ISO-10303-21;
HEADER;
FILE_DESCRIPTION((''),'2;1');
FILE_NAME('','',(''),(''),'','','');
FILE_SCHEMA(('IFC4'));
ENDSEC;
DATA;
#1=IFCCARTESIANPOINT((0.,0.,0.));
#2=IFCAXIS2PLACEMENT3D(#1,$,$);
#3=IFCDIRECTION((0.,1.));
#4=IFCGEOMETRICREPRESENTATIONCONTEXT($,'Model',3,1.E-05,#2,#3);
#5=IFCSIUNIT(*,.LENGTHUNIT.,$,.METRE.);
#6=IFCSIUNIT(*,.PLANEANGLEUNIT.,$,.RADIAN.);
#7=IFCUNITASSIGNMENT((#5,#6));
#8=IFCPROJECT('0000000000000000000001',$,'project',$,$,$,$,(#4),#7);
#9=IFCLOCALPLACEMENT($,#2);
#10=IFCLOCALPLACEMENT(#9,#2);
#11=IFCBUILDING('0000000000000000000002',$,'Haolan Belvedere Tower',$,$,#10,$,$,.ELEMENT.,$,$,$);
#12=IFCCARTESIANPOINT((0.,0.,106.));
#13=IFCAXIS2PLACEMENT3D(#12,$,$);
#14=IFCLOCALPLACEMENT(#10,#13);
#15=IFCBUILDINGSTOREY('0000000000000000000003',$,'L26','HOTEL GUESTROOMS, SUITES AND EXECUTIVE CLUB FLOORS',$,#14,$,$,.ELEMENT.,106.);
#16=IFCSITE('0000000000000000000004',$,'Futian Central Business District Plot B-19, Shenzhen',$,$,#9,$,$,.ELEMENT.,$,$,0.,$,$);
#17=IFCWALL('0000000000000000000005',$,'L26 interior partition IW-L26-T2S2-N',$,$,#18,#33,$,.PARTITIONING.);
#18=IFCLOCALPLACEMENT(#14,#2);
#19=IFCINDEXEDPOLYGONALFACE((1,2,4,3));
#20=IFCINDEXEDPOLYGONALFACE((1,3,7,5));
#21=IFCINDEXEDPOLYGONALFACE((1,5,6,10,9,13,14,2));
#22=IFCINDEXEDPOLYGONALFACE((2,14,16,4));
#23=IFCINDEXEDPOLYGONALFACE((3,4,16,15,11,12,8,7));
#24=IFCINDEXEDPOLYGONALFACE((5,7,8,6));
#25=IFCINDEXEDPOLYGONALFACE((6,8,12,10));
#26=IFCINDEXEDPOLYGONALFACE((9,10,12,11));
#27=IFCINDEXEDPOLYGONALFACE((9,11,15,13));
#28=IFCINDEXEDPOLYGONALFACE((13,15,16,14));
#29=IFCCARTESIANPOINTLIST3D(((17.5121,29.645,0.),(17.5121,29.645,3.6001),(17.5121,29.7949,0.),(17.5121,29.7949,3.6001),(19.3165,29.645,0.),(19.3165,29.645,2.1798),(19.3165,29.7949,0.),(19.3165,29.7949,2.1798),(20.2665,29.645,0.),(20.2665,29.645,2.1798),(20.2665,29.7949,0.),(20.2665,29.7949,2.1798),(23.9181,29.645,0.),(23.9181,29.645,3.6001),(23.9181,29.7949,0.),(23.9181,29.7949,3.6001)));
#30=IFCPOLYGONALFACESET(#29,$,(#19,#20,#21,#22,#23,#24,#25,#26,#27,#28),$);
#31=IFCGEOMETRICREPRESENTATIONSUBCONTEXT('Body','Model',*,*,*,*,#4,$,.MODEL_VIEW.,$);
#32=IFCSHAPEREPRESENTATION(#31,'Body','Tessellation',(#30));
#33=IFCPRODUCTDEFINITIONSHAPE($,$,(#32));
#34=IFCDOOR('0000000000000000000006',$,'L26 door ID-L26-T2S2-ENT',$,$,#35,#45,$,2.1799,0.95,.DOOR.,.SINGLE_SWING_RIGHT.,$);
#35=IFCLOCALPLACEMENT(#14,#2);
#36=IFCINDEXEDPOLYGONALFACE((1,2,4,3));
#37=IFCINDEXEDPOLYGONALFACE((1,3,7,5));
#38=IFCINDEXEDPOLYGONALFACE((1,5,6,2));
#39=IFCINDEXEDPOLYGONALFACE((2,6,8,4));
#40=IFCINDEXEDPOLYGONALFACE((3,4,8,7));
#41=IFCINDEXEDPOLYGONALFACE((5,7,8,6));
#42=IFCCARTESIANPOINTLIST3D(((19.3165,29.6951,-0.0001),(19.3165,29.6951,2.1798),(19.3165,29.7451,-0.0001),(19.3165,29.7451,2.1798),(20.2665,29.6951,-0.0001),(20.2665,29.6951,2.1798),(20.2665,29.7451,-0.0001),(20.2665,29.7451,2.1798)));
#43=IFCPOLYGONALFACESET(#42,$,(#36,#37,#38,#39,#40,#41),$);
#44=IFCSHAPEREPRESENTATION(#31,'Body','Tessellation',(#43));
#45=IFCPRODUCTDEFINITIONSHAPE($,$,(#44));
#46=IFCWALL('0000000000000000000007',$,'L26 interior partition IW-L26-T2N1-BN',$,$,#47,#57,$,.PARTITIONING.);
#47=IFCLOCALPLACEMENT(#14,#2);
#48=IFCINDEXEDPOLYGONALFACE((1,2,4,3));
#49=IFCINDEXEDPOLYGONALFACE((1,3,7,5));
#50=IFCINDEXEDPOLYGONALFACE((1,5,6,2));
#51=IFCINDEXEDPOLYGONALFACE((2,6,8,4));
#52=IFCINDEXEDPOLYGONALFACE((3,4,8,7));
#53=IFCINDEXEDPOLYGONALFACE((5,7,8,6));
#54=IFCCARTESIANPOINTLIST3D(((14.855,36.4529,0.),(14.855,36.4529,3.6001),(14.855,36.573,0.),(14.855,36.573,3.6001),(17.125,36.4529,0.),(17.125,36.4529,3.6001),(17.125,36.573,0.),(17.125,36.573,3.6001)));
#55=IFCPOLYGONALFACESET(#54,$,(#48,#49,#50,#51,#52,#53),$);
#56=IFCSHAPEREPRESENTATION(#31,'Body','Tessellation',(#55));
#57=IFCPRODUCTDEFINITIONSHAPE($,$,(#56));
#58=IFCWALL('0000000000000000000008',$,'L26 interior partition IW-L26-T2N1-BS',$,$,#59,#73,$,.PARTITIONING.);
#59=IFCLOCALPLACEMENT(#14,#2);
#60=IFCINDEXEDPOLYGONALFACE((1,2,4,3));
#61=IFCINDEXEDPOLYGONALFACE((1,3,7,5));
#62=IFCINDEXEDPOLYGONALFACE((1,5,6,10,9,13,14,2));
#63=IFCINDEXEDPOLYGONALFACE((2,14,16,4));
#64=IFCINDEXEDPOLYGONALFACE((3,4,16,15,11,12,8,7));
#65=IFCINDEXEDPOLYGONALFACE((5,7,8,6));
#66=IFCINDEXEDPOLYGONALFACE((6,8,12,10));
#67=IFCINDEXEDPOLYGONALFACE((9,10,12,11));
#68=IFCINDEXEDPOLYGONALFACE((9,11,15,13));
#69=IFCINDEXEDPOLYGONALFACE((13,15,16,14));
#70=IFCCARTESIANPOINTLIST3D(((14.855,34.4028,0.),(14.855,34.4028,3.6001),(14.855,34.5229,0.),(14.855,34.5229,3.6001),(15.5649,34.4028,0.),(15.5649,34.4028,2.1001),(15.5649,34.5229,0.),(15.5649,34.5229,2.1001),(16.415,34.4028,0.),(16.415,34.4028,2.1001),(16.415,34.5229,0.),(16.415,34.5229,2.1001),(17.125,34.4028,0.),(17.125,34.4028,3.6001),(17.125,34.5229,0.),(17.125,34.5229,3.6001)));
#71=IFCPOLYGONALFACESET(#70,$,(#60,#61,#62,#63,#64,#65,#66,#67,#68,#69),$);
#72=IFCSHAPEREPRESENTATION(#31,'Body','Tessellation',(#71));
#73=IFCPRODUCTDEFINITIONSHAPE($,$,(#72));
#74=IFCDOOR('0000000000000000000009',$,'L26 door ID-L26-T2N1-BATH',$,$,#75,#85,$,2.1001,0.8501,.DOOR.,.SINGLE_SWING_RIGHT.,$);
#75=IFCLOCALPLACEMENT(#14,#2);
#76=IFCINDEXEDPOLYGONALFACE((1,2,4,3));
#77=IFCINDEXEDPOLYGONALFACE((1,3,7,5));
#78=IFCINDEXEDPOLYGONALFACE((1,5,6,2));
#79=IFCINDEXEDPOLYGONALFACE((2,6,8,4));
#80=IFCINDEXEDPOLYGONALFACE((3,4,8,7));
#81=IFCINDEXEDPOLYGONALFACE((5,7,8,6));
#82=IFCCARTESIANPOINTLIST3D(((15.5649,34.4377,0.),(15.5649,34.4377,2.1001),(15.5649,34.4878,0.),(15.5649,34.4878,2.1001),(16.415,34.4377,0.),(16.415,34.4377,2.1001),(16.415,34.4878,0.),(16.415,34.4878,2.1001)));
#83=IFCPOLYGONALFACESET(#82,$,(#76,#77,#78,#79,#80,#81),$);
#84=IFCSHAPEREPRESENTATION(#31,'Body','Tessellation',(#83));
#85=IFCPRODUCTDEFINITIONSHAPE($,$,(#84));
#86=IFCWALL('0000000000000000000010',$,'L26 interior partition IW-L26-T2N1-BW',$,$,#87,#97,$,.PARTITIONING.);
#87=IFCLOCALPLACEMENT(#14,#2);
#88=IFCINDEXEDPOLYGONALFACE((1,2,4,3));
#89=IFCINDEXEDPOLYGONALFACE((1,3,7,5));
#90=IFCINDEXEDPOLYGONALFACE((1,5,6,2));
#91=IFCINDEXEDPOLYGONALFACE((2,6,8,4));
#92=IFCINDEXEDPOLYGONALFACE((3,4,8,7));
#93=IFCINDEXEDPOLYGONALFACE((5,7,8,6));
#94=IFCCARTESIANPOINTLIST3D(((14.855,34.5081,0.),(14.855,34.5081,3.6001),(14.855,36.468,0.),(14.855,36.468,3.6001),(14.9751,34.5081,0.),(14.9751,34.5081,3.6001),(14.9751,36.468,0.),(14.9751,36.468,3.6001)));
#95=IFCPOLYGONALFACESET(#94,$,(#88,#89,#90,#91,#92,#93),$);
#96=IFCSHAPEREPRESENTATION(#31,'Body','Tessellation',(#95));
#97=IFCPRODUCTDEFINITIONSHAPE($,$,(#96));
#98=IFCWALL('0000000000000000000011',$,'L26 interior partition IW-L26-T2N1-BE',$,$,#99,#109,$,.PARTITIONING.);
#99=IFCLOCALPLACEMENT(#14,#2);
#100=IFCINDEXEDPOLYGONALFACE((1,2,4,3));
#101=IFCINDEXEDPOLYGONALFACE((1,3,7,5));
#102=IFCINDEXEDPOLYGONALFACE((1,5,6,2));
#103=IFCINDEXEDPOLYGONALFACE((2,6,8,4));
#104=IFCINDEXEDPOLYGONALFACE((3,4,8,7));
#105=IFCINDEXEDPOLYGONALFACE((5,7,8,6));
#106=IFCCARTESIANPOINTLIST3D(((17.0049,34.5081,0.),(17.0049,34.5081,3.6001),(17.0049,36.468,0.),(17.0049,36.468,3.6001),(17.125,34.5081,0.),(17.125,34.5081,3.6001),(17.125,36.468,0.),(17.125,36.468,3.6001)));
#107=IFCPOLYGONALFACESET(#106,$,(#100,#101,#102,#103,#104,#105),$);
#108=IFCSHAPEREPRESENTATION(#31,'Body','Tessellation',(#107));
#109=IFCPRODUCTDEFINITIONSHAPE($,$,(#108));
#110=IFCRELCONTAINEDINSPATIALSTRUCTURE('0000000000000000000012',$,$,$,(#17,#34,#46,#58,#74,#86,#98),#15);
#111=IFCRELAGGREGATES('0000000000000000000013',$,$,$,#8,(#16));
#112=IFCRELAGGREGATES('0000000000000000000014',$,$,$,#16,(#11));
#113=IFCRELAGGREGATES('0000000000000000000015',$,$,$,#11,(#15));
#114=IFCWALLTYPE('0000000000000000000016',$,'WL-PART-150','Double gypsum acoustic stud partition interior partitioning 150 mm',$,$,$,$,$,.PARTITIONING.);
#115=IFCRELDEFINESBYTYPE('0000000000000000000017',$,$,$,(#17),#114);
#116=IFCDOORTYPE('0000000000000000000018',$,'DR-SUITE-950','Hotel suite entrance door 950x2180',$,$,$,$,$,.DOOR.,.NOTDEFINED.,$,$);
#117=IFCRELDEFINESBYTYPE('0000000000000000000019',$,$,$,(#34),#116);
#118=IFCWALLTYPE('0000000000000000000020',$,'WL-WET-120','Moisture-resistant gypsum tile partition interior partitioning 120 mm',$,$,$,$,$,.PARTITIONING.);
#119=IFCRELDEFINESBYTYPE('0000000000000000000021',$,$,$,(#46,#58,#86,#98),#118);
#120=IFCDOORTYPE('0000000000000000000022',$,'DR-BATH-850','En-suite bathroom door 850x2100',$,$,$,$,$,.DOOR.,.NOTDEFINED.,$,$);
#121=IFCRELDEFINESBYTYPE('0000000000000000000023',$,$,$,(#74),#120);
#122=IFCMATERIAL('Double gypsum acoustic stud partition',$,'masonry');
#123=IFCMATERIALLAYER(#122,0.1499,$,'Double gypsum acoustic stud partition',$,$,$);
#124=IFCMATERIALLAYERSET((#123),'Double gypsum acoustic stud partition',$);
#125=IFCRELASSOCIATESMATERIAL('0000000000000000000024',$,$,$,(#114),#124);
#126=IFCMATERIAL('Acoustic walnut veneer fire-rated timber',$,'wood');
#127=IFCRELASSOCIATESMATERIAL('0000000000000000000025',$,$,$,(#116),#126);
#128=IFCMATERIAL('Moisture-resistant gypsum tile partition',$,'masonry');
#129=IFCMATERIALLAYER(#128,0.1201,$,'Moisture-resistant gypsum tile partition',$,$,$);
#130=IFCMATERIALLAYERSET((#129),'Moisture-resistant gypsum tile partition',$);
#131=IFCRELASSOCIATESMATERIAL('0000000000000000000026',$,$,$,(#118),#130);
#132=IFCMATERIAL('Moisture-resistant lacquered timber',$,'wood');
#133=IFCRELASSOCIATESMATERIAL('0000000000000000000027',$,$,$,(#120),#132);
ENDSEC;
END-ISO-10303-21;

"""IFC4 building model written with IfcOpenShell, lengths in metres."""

from ifc_helpers import new_model, si_unit, direction, frame, frame_2d, origin, place, context, subcontext, project, spatial, rectangle, extrude, material, layer, layer_set, type_object, element, fill, save


model = new_model("IFC4")

# Units and contexts
model_context = context("Model", 3, precision=1e-05, world=origin(), true_north=direction((0.0, 1.0)))
body_context = subcontext(model_context, "Body", "Model", "MODEL_VIEW")
ifc_project = project(units=[si_unit("LENGTHUNIT", "METRE"), si_unit("PLANEANGLEUNIT", "RADIAN")], contexts=[model_context])

# Site, building, storey
site_placement = place(None, origin())
site = spatial("IfcSite", under=ifc_project, at=site_placement, Name="Futian Central Business District Plot B-19, Shenzhen", CompositionType="ELEMENT", RefElevation=0.0)
building_placement = place(site_placement, origin())
building = spatial("IfcBuilding", under=site, at=building_placement, Name="Haolan Belvedere Tower", CompositionType="ELEMENT")
storey_placement = place(building_placement, frame((0.0, 0.0, 106.0)))
storey = spatial("IfcBuildingStorey", under=building, at=storey_placement, Name="L26", Description="HOTEL GUESTROOMS, SUITES AND EXECUTIVE CLUB FLOORS", CompositionType="ELEMENT", Elevation=106.0)

# Shared definitions
ifc_material_1 = material(Name="Double gypsum acoustic stud partition", Category="masonry")
ifc_layer_1 = layer(ifc_material_1, 0.1499, Name="Double gypsum acoustic stud partition")
ifc_layer_set_1 = layer_set([ifc_layer_1], Name="Double gypsum acoustic stud partition")
wall_type_1 = type_object("IfcWallType", Name="WL-PART-150", Description="Double gypsum acoustic stud partition interior partitioning 150 mm", PredefinedType="PARTITIONING", material=ifc_layer_set_1)
ifc_material_2 = material(Name="Acoustic walnut veneer fire-rated timber", Category="wood")
door_type_1 = type_object("IfcDoorType", Name="DR-SUITE-950", Description="Hotel suite entrance door 950x2180", OperationType="NOTDEFINED", PredefinedType="DOOR", material=ifc_material_2)

# Wall, opening, door
wall_1_placement = place(storey_placement, frame((17.512, 29.72, 0.0), z_axis=(0.0, 0.0, 1.0), x_axis=(1.0, 0.0, 0.0)))
wall_1 = element("IfcWall", 1, at=wall_1_placement, inside=storey, type_object=wall_type_1, Name="L26 interior partition IW-L26-T2S2-N", PredefinedType="PARTITIONING", context=body_context, shape_type="SweptSolid", body=[
    extrude(rectangle(XDim=6.406, YDim=0.1499, at=frame_2d((3.2031, 0.0))), origin(), (0.0, 0.0, 1.0), 3.6001),
])
opening_1_placement = place(wall_1_placement, frame((2.7546, 0.0, 0.0), z_axis=(0.0, 0.0, 1.0), x_axis=(-1.0, 0.0, 0.0)))
opening_1 = element("IfcOpeningElement", 2, at=opening_1_placement, cuts=wall_1, PredefinedType="OPENING", context=body_context, shape_type="SweptSolid", body=[
    extrude(rectangle(XDim=0.95, YDim=2.1799, at=frame_2d((0.4751, 1.0898))), frame((0.0, 0.085, 0.0), z_axis=(0.0, -1.0, 0.0), x_axis=(1.0, 0.0, 0.0)), (0.0, 0.0, 1.0), 0.1699),
])
door_1_placement = place(opening_1_placement, origin())
door_1 = element("IfcDoor", 3, at=door_1_placement, inside=storey, type_object=door_type_1, Name="L26 door ID-L26-T2S2-ENT", OperationType="SINGLE_SWING_RIGHT", OverallHeight=2.1799, OverallWidth=0.95, PredefinedType="DOOR", context=body_context, shape_type="SweptSolid", body=[
    extrude(rectangle(XDim=0.95, YDim=2.1799, at=frame_2d((0.4751, 1.0898))), frame((0.0, 0.0249, 0.0), z_axis=(0.0, -1.0, 0.0), x_axis=(1.0, 0.0, 0.0)), (0.0, 0.0, 1.0), 0.05),
])
fill(opening_1, door_1)

# Wall
ifc_material_3 = material(Name="Moisture-resistant gypsum tile partition", Category="masonry")
ifc_layer_2 = layer(ifc_material_3, 0.1201, Name="Moisture-resistant gypsum tile partition")
ifc_layer_set_2 = layer_set([ifc_layer_2], Name="Moisture-resistant gypsum tile partition")
wall_type_2 = type_object("IfcWallType", Name="WL-WET-120", Description="Moisture-resistant gypsum tile partition interior partitioning 120 mm", PredefinedType="PARTITIONING", material=ifc_layer_set_2)
wall_2_placement = place(storey_placement, frame((14.855, 36.5129, 0.0), z_axis=(0.0, 0.0, 1.0), x_axis=(1.0, 0.0, 0.0)))
element("IfcWall", 4, at=wall_2_placement, inside=storey, type_object=wall_type_2, Name="L26 interior partition IW-L26-T2N1-BN", PredefinedType="PARTITIONING", context=body_context, shape_type="SweptSolid", body=[
    extrude(rectangle(XDim=2.27, YDim=0.1201, at=frame_2d((1.135, 0.0))), origin(), (0.0, 0.0, 1.0), 3.6001),
])

# Wall, opening, door
wall_3_placement = place(storey_placement, frame((14.855, 34.4629, 0.0), z_axis=(0.0, 0.0, 1.0), x_axis=(1.0, 0.0, 0.0)))
wall_3 = element("IfcWall", 5, at=wall_3_placement, inside=storey, type_object=wall_type_2, Name="L26 interior partition IW-L26-T2N1-BS", PredefinedType="PARTITIONING", context=body_context, shape_type="SweptSolid", body=[
    extrude(rectangle(XDim=2.27, YDim=0.1201, at=frame_2d((1.135, 0.0))), origin(), (0.0, 0.0, 1.0), 3.6001),
])
opening_2_placement = place(wall_3_placement, frame((0.71, 0.0, 0.0)))
opening_2 = element("IfcOpeningElement", 6, at=opening_2_placement, cuts=wall_3, PredefinedType="OPENING", context=body_context, shape_type="SweptSolid", body=[
    extrude(rectangle(XDim=0.8501, YDim=2.1001, at=frame_2d((0.425, 1.05))), frame((0.0, 0.0701, 0.0), z_axis=(0.0, -1.0, 0.0), x_axis=(1.0, 0.0, 0.0)), (0.0, 0.0, 1.0), 0.1401),
])
ifc_material_4 = material(Name="Moisture-resistant lacquered timber", Category="wood")
door_type_2 = type_object("IfcDoorType", Name="DR-BATH-850", Description="En-suite bathroom door 850x2100", OperationType="NOTDEFINED", PredefinedType="DOOR", material=ifc_material_4)
door_2_placement = place(opening_2_placement, origin())
door_2 = element("IfcDoor", 7, at=door_2_placement, inside=storey, type_object=door_type_2, Name="L26 door ID-L26-T2N1-BATH", OperationType="SINGLE_SWING_RIGHT", OverallHeight=2.1001, OverallWidth=0.8501, PredefinedType="DOOR", context=body_context, shape_type="SweptSolid", body=[
    extrude(rectangle(XDim=0.8501, YDim=2.1001, at=frame_2d((0.425, 1.05))), frame((0.0, 0.0249, 0.0), z_axis=(0.0, -1.0, 0.0), x_axis=(1.0, 0.0, 0.0)), (0.0, 0.0, 1.0), 0.05),
])
fill(opening_2, door_2)

# Walls
for number, where, z_axis, x_axis, name in (
    (8, (14.915, 34.5081, 0.0), (0.0, 0.0, 1.0), (0.0, 1.0, 0.0), "L26 interior partition IW-L26-T2N1-BW"),
    (9, (17.0649, 34.5081, 0.0), (0.0, 0.0, 1.0), (0.0, 1.0, 0.0), "L26 interior partition IW-L26-T2N1-BE"),
):
    element("IfcWall", number, at=place(storey_placement, frame(where, z_axis=z_axis, x_axis=x_axis)), inside=storey, type_object=wall_type_2, Name=name, PredefinedType="PARTITIONING", context=body_context, shape_type="SweptSolid", body=[
        extrude(rectangle(XDim=1.96, YDim=0.1201, at=frame_2d((0.98, 0.0))), origin(), (0.0, 0.0, 1.0), 3.6001),
    ])

save(model, "model.ifc")
